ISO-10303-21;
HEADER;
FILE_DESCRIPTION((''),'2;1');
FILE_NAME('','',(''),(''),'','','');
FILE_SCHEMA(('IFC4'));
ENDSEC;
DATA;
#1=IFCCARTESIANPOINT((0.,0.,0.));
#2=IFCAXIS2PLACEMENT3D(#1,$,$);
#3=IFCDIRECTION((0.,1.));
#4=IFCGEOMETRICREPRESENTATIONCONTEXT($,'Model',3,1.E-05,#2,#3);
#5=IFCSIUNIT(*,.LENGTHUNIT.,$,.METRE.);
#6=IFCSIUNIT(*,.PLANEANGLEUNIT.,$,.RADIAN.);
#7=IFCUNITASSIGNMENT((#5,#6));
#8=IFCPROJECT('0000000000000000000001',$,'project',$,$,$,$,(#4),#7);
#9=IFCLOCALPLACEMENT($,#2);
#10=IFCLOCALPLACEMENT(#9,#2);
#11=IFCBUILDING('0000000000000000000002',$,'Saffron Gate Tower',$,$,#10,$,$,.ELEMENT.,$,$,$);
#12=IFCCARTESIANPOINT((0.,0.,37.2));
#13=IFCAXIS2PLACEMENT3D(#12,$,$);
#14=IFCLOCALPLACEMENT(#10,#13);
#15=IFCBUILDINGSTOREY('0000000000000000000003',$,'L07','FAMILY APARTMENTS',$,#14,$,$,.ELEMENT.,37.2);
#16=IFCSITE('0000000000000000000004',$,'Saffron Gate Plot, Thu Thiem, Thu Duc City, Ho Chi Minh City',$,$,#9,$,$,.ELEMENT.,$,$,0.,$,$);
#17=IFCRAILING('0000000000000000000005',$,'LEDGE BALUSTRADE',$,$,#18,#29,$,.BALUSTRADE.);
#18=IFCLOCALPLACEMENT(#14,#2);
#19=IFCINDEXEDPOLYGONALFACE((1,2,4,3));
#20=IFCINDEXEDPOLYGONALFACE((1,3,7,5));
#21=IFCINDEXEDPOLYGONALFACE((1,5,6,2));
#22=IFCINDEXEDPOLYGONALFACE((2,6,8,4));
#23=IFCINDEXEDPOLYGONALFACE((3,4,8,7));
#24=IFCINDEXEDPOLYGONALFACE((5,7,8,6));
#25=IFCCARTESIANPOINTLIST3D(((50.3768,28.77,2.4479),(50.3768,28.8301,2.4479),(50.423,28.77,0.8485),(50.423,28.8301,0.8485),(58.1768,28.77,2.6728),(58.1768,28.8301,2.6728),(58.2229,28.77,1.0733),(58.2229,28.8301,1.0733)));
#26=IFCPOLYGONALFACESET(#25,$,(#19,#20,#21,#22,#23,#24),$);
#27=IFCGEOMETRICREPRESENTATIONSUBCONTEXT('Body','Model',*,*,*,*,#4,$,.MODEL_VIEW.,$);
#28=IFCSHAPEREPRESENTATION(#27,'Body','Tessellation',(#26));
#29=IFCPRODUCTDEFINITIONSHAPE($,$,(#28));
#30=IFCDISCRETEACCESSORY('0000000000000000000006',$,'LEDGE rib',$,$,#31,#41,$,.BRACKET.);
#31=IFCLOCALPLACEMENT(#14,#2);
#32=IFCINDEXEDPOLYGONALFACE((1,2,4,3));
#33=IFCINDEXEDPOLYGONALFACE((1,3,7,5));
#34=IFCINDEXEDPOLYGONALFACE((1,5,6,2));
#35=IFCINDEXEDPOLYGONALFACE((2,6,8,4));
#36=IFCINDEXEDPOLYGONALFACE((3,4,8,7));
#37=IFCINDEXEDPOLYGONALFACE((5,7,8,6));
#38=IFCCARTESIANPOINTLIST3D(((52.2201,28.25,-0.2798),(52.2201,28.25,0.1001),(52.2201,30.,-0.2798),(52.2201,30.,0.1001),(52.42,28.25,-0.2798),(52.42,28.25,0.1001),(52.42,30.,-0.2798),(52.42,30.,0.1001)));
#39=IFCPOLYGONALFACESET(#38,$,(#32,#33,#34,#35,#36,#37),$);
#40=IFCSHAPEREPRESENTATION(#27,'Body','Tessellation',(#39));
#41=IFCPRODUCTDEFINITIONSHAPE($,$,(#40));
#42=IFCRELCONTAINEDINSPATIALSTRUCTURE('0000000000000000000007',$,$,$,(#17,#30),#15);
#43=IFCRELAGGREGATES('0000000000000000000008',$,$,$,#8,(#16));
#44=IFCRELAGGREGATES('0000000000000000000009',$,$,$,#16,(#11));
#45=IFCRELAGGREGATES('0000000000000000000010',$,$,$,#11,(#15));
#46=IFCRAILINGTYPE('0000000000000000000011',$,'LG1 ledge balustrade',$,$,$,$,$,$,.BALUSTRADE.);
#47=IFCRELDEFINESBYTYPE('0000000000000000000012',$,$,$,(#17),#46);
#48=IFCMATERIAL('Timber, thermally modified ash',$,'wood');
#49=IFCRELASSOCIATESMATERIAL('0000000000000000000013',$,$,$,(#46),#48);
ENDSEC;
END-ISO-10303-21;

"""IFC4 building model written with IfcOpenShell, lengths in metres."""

from ifc_helpers import new_model, si_unit, direction, frame, origin, origin_2d, place, context, subcontext, project, spatial, rectangle, extrude, material, type_object, element, save


model = new_model("IFC4")

# Units and contexts
model_context = context("Model", 3, precision=1e-05, world=origin(), true_north=direction((0.0, 1.0)))
body_context = subcontext(model_context, "Body", "Model", "MODEL_VIEW")
ifc_project = project(units=[si_unit("LENGTHUNIT", "METRE"), si_unit("PLANEANGLEUNIT", "RADIAN")], contexts=[model_context])

# Site, building, storey
site_placement = place(None, origin())
site = spatial("IfcSite", under=ifc_project, at=site_placement, Name="Saffron Gate Plot, Thu Thiem, Thu Duc City, Ho Chi Minh City", CompositionType="ELEMENT", RefElevation=0.0)
building_placement = place(site_placement, origin())
building = spatial("IfcBuilding", under=site, at=building_placement, Name="Saffron Gate Tower", CompositionType="ELEMENT")
storey_placement = place(building_placement, frame((0.0, 0.0, 37.2)))
storey = spatial("IfcBuildingStorey", under=building, at=storey_placement, Name="L07", Description="FAMILY APARTMENTS", CompositionType="ELEMENT", Elevation=37.2)

# Shared definitions
ifc_material_1 = material(Name="Timber, thermally modified ash", Category="wood")

# Railing
railing_type = type_object("IfcRailingType", Name="LG1 ledge balustrade", PredefinedType="BALUSTRADE", material=ifc_material_1)
railing_placement = place(storey_placement, frame((50.3999, 28.8, 0.8481)))
element("IfcRailing", 1, at=railing_placement, inside=storey, type_object=railing_type, Name="LEDGE BALUSTRADE", PredefinedType="BALUSTRADE", context=body_context, shape_type="SweptSolid", body=[
    extrude(rectangle(XDim=0.0601, YDim=1.6001, at=origin_2d()), frame((0.0, 0.0, 0.8), z_axis=(0.999585, 0.0, 0.028815), x_axis=(0.0, 1.0, 0.0)), (0.0, 0.0, 1.0), 7.8032),
])

# Discrete accessory
discrete_accessory_placement = place(storey_placement, frame((52.3201, 29.125, -0.2798), z_axis=(0.0, 0.0, 1.0), x_axis=(1.0, 0.0, 0.0)))
element("IfcDiscreteAccessory", 2, at=discrete_accessory_placement, inside=storey, Name="LEDGE rib", PredefinedType="BRACKET", context=body_context, shape_type="SweptSolid", body=[
    extrude(rectangle(XDim=0.2, YDim=1.75, at=origin_2d()), origin(), (0.0, 0.0, 1.0), 0.3799),
])

save(model, "model.ifc")
